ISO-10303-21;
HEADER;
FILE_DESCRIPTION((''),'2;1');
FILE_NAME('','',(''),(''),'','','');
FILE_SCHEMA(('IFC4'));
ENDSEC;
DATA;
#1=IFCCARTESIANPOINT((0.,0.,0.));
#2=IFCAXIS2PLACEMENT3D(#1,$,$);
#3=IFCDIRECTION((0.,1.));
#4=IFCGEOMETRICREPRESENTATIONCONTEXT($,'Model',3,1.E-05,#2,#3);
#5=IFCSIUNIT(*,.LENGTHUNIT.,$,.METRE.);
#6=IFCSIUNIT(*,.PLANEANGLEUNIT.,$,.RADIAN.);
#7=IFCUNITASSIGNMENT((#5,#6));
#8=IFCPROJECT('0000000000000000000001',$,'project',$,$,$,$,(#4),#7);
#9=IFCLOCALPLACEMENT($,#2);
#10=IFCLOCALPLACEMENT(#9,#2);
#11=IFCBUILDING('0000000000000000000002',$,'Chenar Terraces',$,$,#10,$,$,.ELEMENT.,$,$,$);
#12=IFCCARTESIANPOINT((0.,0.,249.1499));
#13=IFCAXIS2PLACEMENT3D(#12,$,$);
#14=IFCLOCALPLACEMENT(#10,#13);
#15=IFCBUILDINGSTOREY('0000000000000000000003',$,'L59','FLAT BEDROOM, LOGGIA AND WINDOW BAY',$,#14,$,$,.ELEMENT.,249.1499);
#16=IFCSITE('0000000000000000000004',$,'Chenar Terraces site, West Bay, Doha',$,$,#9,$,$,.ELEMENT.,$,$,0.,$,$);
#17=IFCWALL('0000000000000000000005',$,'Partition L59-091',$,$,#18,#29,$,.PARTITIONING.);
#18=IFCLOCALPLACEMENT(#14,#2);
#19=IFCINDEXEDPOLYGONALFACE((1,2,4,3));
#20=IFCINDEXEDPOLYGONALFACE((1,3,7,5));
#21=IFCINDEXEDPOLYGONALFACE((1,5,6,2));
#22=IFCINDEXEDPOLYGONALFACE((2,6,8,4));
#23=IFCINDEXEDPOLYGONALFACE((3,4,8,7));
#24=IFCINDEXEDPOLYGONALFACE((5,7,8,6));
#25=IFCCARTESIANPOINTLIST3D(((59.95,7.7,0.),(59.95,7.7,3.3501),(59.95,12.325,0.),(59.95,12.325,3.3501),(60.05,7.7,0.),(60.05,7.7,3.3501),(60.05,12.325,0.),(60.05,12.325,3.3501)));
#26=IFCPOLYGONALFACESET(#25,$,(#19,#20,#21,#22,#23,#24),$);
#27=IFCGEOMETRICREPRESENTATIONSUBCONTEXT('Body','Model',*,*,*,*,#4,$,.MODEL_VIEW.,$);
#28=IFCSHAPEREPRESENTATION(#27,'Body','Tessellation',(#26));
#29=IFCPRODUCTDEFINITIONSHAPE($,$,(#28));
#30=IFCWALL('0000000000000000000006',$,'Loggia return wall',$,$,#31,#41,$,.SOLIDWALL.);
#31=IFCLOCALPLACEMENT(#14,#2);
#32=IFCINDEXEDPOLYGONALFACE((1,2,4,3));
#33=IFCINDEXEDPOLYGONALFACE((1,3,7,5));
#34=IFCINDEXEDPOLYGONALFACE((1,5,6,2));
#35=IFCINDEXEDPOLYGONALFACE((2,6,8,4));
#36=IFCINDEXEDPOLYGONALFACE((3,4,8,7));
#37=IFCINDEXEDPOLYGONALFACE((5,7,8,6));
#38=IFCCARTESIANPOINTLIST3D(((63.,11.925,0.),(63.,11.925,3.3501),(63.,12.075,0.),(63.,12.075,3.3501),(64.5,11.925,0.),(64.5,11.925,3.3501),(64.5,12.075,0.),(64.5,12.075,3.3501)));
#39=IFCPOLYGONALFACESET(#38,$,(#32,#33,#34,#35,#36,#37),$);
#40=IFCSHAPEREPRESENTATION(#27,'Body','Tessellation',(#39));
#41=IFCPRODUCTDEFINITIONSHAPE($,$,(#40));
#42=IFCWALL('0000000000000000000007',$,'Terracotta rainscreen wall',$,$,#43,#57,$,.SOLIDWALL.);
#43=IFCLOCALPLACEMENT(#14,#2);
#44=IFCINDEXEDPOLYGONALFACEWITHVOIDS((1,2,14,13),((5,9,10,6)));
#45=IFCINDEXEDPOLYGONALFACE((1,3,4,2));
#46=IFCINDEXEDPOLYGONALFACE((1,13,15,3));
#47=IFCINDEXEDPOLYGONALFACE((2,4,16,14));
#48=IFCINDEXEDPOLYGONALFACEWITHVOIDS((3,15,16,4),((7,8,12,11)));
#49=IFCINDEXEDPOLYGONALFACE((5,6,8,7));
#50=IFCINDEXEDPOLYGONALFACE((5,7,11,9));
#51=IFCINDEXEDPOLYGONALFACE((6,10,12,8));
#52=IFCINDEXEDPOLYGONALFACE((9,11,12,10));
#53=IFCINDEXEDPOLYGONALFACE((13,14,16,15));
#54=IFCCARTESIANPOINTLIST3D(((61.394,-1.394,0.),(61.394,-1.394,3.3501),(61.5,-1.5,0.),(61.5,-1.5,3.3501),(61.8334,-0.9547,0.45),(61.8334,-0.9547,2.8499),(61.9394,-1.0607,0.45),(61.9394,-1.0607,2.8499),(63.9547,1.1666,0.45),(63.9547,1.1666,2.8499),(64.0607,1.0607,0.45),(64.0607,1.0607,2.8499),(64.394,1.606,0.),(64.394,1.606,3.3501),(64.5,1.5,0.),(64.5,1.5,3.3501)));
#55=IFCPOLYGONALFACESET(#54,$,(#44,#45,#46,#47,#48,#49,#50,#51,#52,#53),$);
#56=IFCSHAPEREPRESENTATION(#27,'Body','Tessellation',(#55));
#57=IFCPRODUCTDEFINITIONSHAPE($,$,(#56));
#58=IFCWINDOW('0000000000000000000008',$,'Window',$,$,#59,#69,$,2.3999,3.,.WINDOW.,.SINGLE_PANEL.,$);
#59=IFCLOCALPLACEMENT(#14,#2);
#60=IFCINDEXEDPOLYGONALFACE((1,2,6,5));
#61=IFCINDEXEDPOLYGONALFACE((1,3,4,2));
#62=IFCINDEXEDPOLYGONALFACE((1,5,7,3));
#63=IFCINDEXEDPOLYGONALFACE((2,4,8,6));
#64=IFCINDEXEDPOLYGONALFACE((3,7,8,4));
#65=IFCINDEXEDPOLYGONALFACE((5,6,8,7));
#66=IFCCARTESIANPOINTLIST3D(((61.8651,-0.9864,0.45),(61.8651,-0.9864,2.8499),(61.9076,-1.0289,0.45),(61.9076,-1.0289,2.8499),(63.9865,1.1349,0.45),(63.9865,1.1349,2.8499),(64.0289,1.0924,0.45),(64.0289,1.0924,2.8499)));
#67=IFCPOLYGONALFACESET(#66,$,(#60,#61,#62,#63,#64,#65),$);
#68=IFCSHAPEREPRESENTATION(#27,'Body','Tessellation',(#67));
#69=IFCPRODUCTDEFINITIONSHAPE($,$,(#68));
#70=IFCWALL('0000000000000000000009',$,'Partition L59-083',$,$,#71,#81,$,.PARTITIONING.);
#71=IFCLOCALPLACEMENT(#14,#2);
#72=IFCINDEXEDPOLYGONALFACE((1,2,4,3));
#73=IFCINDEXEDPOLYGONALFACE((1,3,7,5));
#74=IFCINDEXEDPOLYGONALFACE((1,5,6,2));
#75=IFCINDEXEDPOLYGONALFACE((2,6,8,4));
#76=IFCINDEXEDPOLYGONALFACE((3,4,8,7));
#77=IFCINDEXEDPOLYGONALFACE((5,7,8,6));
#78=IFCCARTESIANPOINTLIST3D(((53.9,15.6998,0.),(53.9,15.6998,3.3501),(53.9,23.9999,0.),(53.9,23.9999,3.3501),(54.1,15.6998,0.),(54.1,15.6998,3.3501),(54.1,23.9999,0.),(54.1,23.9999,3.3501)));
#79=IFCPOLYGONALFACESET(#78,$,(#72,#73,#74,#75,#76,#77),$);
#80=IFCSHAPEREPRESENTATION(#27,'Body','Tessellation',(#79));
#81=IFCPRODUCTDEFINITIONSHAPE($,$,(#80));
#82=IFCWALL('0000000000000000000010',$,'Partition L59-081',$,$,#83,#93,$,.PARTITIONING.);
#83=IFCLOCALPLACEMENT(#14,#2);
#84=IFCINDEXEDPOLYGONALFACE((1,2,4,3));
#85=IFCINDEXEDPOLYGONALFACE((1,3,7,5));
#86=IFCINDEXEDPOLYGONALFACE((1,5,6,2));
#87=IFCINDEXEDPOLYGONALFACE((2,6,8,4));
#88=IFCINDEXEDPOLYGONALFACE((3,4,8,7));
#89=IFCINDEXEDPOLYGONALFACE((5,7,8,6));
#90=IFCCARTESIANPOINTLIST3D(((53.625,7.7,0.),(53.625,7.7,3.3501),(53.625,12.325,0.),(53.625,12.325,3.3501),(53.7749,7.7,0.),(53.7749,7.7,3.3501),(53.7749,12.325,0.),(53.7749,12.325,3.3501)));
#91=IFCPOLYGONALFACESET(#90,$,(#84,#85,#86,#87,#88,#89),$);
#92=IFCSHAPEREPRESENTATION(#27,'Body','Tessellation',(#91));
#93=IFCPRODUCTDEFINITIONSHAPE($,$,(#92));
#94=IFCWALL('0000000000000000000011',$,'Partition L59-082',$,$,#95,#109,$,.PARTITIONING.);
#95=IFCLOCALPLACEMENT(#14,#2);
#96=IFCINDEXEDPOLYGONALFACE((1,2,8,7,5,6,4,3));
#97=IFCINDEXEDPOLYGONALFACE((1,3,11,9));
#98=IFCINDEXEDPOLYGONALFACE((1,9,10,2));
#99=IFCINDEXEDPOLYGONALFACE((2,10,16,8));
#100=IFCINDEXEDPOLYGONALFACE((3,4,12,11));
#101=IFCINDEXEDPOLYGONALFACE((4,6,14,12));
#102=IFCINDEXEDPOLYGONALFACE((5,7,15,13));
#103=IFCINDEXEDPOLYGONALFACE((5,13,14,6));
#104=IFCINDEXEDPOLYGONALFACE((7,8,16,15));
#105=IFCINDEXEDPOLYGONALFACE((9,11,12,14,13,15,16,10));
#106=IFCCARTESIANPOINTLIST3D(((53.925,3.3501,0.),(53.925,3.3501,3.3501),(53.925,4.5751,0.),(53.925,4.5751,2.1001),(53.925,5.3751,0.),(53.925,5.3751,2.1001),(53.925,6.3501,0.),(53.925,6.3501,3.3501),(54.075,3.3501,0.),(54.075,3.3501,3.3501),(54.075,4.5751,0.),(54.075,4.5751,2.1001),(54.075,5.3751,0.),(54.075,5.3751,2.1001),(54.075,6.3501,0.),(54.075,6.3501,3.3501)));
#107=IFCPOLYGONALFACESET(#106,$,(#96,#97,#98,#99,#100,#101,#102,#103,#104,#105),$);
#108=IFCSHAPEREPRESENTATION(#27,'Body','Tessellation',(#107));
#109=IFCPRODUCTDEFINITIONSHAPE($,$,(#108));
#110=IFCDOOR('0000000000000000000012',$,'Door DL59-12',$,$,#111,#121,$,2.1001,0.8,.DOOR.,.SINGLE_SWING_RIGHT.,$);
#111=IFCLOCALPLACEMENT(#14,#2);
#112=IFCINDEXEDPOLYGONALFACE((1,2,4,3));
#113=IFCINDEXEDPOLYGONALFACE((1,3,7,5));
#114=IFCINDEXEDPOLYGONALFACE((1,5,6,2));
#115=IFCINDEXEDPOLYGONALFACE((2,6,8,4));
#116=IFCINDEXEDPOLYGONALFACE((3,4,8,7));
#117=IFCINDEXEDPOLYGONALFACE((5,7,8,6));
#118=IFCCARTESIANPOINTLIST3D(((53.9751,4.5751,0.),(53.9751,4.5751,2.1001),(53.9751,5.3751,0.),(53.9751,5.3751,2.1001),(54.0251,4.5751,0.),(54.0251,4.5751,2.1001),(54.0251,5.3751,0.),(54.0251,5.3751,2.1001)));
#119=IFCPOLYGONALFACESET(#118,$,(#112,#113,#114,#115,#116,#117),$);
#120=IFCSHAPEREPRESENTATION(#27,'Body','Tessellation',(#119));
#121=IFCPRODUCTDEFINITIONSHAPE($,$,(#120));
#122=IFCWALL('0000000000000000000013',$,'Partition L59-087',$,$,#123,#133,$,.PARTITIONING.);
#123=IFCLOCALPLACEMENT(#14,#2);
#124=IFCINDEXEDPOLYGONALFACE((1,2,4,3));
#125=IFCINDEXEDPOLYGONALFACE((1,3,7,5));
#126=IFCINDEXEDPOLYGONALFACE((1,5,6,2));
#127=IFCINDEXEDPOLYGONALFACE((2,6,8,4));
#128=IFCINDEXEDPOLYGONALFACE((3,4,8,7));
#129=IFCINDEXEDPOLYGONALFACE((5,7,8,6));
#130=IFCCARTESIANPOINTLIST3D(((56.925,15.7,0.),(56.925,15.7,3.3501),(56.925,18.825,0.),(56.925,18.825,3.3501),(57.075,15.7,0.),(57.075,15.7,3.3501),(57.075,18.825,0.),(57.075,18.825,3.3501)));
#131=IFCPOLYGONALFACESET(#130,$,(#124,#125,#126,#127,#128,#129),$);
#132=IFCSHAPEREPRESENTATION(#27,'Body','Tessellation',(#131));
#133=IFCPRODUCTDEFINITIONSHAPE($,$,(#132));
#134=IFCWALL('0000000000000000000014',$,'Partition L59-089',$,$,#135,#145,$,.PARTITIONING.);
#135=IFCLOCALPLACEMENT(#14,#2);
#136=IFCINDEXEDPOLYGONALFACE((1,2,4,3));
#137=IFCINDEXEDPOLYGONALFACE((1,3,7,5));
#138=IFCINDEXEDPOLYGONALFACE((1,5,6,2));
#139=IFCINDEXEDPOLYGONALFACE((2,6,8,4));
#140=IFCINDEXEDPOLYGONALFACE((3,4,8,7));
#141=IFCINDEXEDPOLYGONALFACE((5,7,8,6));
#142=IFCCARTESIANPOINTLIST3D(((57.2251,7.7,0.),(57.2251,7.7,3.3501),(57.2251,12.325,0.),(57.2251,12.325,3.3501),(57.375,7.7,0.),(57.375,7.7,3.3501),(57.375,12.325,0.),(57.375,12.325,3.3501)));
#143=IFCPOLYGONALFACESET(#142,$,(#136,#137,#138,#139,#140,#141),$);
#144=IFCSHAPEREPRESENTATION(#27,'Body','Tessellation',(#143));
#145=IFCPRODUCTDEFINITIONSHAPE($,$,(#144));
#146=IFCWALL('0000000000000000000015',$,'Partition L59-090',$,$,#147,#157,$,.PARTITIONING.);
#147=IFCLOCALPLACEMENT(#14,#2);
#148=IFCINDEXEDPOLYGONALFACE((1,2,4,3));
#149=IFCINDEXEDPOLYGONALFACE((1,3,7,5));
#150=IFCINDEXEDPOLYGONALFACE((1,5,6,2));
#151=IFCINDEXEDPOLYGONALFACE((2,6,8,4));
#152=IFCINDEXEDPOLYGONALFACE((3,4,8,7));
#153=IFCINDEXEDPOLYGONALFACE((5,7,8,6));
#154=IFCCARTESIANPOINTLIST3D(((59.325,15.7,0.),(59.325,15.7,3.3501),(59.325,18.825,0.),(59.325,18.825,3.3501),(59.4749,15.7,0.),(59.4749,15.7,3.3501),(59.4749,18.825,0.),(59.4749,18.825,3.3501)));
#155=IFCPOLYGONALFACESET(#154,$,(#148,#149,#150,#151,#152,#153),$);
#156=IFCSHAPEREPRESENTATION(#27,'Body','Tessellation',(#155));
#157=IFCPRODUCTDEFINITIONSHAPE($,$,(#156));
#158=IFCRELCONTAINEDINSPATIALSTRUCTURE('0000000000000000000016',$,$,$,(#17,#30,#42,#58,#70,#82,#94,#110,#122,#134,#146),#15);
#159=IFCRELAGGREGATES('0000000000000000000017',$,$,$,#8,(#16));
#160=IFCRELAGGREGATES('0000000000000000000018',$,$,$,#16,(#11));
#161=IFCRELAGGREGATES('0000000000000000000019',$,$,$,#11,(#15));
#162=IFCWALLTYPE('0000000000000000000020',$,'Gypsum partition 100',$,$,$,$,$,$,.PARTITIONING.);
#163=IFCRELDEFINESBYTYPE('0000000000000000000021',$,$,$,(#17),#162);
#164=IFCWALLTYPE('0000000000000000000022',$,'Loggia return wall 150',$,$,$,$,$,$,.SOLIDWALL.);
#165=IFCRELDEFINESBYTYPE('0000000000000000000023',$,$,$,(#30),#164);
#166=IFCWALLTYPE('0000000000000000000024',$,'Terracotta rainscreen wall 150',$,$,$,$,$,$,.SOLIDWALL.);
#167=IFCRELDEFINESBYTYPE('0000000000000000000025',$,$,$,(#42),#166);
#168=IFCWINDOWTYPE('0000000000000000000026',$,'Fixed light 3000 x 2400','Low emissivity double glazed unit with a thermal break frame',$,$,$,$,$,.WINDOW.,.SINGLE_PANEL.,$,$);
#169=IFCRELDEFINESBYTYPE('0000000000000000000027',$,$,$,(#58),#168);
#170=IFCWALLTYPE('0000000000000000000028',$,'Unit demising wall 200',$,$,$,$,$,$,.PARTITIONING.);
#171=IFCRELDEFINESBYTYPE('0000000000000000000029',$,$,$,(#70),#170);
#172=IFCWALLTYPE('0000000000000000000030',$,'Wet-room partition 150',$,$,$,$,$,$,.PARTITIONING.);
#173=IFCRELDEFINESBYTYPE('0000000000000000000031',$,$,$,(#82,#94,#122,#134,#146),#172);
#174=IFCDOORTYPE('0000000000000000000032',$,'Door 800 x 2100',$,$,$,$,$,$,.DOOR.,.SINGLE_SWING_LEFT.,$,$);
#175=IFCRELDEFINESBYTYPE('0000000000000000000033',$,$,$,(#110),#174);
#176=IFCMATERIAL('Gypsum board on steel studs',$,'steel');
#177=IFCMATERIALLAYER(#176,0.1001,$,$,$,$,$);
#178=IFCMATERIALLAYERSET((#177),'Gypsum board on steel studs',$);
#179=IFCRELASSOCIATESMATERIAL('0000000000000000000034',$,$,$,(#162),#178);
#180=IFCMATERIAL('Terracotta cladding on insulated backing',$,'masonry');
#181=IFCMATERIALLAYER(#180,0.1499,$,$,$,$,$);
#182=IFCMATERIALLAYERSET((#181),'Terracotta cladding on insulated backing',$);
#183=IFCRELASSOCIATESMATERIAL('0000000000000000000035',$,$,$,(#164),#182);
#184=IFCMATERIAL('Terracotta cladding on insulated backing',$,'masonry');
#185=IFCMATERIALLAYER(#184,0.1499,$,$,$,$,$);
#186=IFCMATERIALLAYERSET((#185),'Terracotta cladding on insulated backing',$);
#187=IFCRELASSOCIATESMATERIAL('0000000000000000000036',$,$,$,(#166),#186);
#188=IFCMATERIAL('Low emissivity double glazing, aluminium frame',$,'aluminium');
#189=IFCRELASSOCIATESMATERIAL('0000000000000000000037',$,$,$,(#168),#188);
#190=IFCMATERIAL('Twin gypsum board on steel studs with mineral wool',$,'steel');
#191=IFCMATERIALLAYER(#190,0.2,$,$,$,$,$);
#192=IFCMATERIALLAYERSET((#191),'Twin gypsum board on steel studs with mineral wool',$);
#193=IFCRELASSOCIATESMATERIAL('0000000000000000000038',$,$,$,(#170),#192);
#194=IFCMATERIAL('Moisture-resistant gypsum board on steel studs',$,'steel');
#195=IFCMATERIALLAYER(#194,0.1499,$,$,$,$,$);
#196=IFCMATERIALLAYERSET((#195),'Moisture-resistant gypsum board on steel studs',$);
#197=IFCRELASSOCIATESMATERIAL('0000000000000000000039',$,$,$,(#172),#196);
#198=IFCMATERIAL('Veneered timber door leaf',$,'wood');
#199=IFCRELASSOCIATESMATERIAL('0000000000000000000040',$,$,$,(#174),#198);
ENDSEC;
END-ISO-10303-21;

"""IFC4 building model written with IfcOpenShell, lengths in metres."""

from ifc_helpers import new_model, si_unit, direction, frame, frame_2d, origin, place, context, subcontext, project, spatial, rectangle, extrude, material, layer, layer_set, type_object, element, fill, save


model = new_model("IFC4")

# Units and contexts
model_context = context("Model", 3, precision=1e-05, world=origin(), true_north=direction((0.0, 1.0)))
body_context = subcontext(model_context, "Body", "Model", "MODEL_VIEW")
ifc_project = project(units=[si_unit("LENGTHUNIT", "METRE"), si_unit("PLANEANGLEUNIT", "RADIAN")], contexts=[model_context])

# Site, building, storey
site_placement = place(None, origin())
site = spatial("IfcSite", under=ifc_project, at=site_placement, Name="Chenar Terraces site, West Bay, Doha", CompositionType="ELEMENT", RefElevation=0.0)
building_placement = place(site_placement, origin())
building = spatial("IfcBuilding", under=site, at=building_placement, Name="Chenar Terraces", CompositionType="ELEMENT")
storey_placement = place(building_placement, frame((0.0, 0.0, 249.1499)))
storey = spatial("IfcBuildingStorey", under=building, at=storey_placement, Name="L59", Description="FLAT BEDROOM, LOGGIA AND WINDOW BAY", CompositionType="ELEMENT", Elevation=249.1499)

# Shared definitions
ifc_material_1 = material(Name="Gypsum board on steel studs", Category="steel")
ifc_layer_1 = layer(ifc_material_1, 0.1001)
ifc_layer_set_1 = layer_set([ifc_layer_1], Name="Gypsum board on steel studs")
wall_type_1 = type_object("IfcWallType", Name="Gypsum partition 100", PredefinedType="PARTITIONING", material=ifc_layer_set_1)

# Walls
wall_1_placement = place(storey_placement, frame((60.0, 7.7, 0.0), z_axis=(0.0, 0.0, 1.0), x_axis=(0.0, 1.0, 0.0)))
element("IfcWall", 1, at=wall_1_placement, inside=storey, type_object=wall_type_1, Name="Partition L59-091", PredefinedType="PARTITIONING", context=body_context, shape_type="SweptSolid", body=[
    extrude(rectangle(XDim=4.625, YDim=0.1001, at=frame_2d((2.3125, 0.0))), origin(), (0.0, 0.0, 1.0), 3.3501),
])
ifc_material_2 = material(Name="Terracotta cladding on insulated backing", Category="masonry")
ifc_layer_2 = layer(ifc_material_2, 0.1499)
ifc_layer_set_2 = layer_set([ifc_layer_2], Name="Terracotta cladding on insulated backing")
wall_type_2 = type_object("IfcWallType", Name="Loggia return wall 150", PredefinedType="SOLIDWALL", material=ifc_layer_set_2)
wall_2_placement = place(storey_placement, frame((64.5, 12.0, 0.0), z_axis=(0.0, 0.0, 1.0), x_axis=(-1.0, 0.0, 0.0)))
element("IfcWall", 2, at=wall_2_placement, inside=storey, type_object=wall_type_2, Name="Loggia return wall", PredefinedType="SOLIDWALL", context=body_context, shape_type="SweptSolid", body=[
    extrude(rectangle(XDim=1.5, YDim=0.1499, at=frame_2d((0.75, 0.0))), origin(), (0.0, 0.0, 1.0), 3.3501),
])

# Wall, opening, window
ifc_material_3 = material(Name="Terracotta cladding on insulated backing", Category="masonry")
ifc_layer_3 = layer(ifc_material_3, 0.1499)
ifc_layer_set_3 = layer_set([ifc_layer_3], Name="Terracotta cladding on insulated backing")
wall_type_3 = type_object("IfcWallType", Name="Terracotta rainscreen wall 150", PredefinedType="SOLIDWALL", material=ifc_layer_set_3)
wall_3_placement = place(storey_placement, frame((61.447, -1.447, 0.0), z_axis=(0.0, 0.0, 1.0), x_axis=(0.707107, 0.707107, 0.0)))
wall_3 = element("IfcWall", 3, at=wall_3_placement, inside=storey, type_object=wall_type_3, Name="Terracotta rainscreen wall", PredefinedType="SOLIDWALL", context=body_context, shape_type="SweptSolid", body=[
    extrude(rectangle(XDim=4.2427, YDim=0.1499, at=frame_2d((2.1213, 0.0))), origin(), (0.0, 0.0, 1.0), 3.3501),
])
opening_1_placement = place(wall_3_placement, frame((0.6213, 0.0, 0.45)))
opening_1 = element("IfcOpeningElement", 4, at=opening_1_placement, cuts=wall_3, PredefinedType="OPENING", context=body_context, shape_type="SweptSolid", body=[
    extrude(rectangle(XDim=3.0, YDim=2.3999, at=frame_2d((1.5, 1.2))), frame((0.0, 0.085, 0.0), z_axis=(0.0, -1.0, 0.0), x_axis=(1.0, 0.0, 0.0)), (0.0, 0.0, 1.0), 0.1699),
])
ifc_material_4 = material(Name="Low emissivity double glazing, aluminium frame", Category="aluminium")
window_type_1 = type_object("IfcWindowType", Name="Fixed light 3000 x 2400", Description="Low emissivity double glazed unit with a thermal break frame", PartitioningType="SINGLE_PANEL", PredefinedType="WINDOW", material=ifc_material_4)
window_1_placement = place(opening_1_placement, origin())
window_1 = element("IfcWindow", 5, at=window_1_placement, inside=storey, type_object=window_type_1, Name="Window", OverallHeight=2.3999, OverallWidth=3.0, PartitioningType="SINGLE_PANEL", PredefinedType="WINDOW", context=body_context, shape_type="SweptSolid", body=[
    extrude(rectangle(XDim=3.0, YDim=2.3999, at=frame_2d((1.5, 1.2))), frame((0.0, 0.03, 0.0), z_axis=(0.0, -1.0, 0.0), x_axis=(1.0, 0.0, 0.0)), (0.0, 0.0, 1.0), 0.0601),
])
fill(opening_1, window_1)

# Walls
ifc_material_5 = material(Name="Twin gypsum board on steel studs with mineral wool", Category="steel")
ifc_layer_4 = layer(ifc_material_5, 0.2)
ifc_layer_set_4 = layer_set([ifc_layer_4], Name="Twin gypsum board on steel studs with mineral wool")
wall_type_4 = type_object("IfcWallType", Name="Unit demising wall 200", PredefinedType="PARTITIONING", material=ifc_layer_set_4)
wall_4_placement = place(storey_placement, frame((54.0, 15.7, 0.0), z_axis=(0.0, 0.0, 1.0), x_axis=(0.0, 1.0, 0.0)))
element("IfcWall", 6, at=wall_4_placement, inside=storey, type_object=wall_type_4, Name="Partition L59-083", PredefinedType="PARTITIONING", context=body_context, shape_type="SweptSolid", body=[
    extrude(rectangle(XDim=8.3, YDim=0.2, at=frame_2d((4.1499, 0.0))), origin(), (0.0, 0.0, 1.0), 3.3501),
])
ifc_material_6 = material(Name="Moisture-resistant gypsum board on steel studs", Category="steel")
ifc_layer_5 = layer(ifc_material_6, 0.1499)
ifc_layer_set_5 = layer_set([ifc_layer_5], Name="Moisture-resistant gypsum board on steel studs")
wall_type_5 = type_object("IfcWallType", Name="Wet-room partition 150", PredefinedType="PARTITIONING", material=ifc_layer_set_5)
wall_5_placement = place(storey_placement, frame((53.7, 7.7, 0.0), z_axis=(0.0, 0.0, 1.0), x_axis=(0.0, 1.0, 0.0)))
element("IfcWall", 7, at=wall_5_placement, inside=storey, type_object=wall_type_5, Name="Partition L59-081", PredefinedType="PARTITIONING", context=body_context, shape_type="SweptSolid", body=[
    extrude(rectangle(XDim=4.625, YDim=0.1499, at=frame_2d((2.3125, 0.0))), origin(), (0.0, 0.0, 1.0), 3.3501),
])

# Wall, opening, door
wall_6_placement = place(storey_placement, frame((54.0, 3.3501, 0.0), z_axis=(0.0, 0.0, 1.0), x_axis=(0.0, 1.0, 0.0)))
wall_6 = element("IfcWall", 8, at=wall_6_placement, inside=storey, type_object=wall_type_5, Name="Partition L59-082", PredefinedType="PARTITIONING", context=body_context, shape_type="SweptSolid", body=[
    extrude(rectangle(XDim=3.0, YDim=0.1499, at=frame_2d((1.5, 0.0))), origin(), (0.0, 0.0, 1.0), 3.3501),
])
opening_2_placement = place(wall_6_placement, frame((1.2251, 0.0, 0.0)))
opening_2 = element("IfcOpeningElement", 9, at=opening_2_placement, cuts=wall_6, PredefinedType="OPENING", context=body_context, shape_type="SweptSolid", body=[
    extrude(rectangle(XDim=0.8, YDim=2.1001, at=frame_2d((0.3999, 1.05))), frame((0.0, 0.085, 0.0), z_axis=(0.0, -1.0, 0.0), x_axis=(1.0, 0.0, 0.0)), (0.0, 0.0, 1.0), 0.1699),
])
ifc_material_7 = material(Name="Veneered timber door leaf", Category="wood")
door_type_1 = type_object("IfcDoorType", Name="Door 800 x 2100", OperationType="SINGLE_SWING_LEFT", PredefinedType="DOOR", material=ifc_material_7)
door_1_placement = place(opening_2_placement, origin())
door_1 = element("IfcDoor", 10, at=door_1_placement, inside=storey, type_object=door_type_1, Name="Door DL59-12", OperationType="SINGLE_SWING_RIGHT", OverallHeight=2.1001, OverallWidth=0.8, PredefinedType="DOOR", context=body_context, shape_type="SweptSolid", body=[
    extrude(rectangle(XDim=0.8, YDim=2.1001, at=frame_2d((0.3999, 1.05))), frame((0.0, 0.0249, 0.0), z_axis=(0.0, -1.0, 0.0), x_axis=(1.0, 0.0, 0.0)), (0.0, 0.0, 1.0), 0.05),
])
fill(opening_2, door_1)

# Walls
wall_7_placement = place(storey_placement, frame((57.0, 15.7, 0.0), z_axis=(0.0, 0.0, 1.0), x_axis=(0.0, 1.0, 0.0)))
element("IfcWall", 11, at=wall_7_placement, inside=storey, type_object=wall_type_5, Name="Partition L59-087", PredefinedType="PARTITIONING", context=body_context, shape_type="SweptSolid", body=[
    extrude(rectangle(XDim=3.125, YDim=0.1499, at=frame_2d((1.5625, 0.0))), origin(), (0.0, 0.0, 1.0), 3.3501),
])
wall_8_placement = place(storey_placement, frame((57.3, 7.7, 0.0), z_axis=(0.0, 0.0, 1.0), x_axis=(0.0, 1.0, 0.0)))
element("IfcWall", 12, at=wall_8_placement, inside=storey, type_object=wall_type_5, Name="Partition L59-089", PredefinedType="PARTITIONING", context=body_context, shape_type="SweptSolid", body=[
    extrude(rectangle(XDim=4.625, YDim=0.1499, at=frame_2d((2.3125, 0.0))), origin(), (0.0, 0.0, 1.0), 3.3501),
])
wall_9_placement = place(storey_placement, frame((59.3999, 15.7, 0.0), z_axis=(0.0, 0.0, 1.0), x_axis=(0.0, 1.0, 0.0)))
element("IfcWall", 13, at=wall_9_placement, inside=storey, type_object=wall_type_5, Name="Partition L59-090", PredefinedType="PARTITIONING", context=body_context, shape_type="SweptSolid", body=[
    extrude(rectangle(XDim=3.125, YDim=0.1499, at=frame_2d((1.5625, 0.0))), origin(), (0.0, 0.0, 1.0), 3.3501),
])

save(model, "model.ifc")
